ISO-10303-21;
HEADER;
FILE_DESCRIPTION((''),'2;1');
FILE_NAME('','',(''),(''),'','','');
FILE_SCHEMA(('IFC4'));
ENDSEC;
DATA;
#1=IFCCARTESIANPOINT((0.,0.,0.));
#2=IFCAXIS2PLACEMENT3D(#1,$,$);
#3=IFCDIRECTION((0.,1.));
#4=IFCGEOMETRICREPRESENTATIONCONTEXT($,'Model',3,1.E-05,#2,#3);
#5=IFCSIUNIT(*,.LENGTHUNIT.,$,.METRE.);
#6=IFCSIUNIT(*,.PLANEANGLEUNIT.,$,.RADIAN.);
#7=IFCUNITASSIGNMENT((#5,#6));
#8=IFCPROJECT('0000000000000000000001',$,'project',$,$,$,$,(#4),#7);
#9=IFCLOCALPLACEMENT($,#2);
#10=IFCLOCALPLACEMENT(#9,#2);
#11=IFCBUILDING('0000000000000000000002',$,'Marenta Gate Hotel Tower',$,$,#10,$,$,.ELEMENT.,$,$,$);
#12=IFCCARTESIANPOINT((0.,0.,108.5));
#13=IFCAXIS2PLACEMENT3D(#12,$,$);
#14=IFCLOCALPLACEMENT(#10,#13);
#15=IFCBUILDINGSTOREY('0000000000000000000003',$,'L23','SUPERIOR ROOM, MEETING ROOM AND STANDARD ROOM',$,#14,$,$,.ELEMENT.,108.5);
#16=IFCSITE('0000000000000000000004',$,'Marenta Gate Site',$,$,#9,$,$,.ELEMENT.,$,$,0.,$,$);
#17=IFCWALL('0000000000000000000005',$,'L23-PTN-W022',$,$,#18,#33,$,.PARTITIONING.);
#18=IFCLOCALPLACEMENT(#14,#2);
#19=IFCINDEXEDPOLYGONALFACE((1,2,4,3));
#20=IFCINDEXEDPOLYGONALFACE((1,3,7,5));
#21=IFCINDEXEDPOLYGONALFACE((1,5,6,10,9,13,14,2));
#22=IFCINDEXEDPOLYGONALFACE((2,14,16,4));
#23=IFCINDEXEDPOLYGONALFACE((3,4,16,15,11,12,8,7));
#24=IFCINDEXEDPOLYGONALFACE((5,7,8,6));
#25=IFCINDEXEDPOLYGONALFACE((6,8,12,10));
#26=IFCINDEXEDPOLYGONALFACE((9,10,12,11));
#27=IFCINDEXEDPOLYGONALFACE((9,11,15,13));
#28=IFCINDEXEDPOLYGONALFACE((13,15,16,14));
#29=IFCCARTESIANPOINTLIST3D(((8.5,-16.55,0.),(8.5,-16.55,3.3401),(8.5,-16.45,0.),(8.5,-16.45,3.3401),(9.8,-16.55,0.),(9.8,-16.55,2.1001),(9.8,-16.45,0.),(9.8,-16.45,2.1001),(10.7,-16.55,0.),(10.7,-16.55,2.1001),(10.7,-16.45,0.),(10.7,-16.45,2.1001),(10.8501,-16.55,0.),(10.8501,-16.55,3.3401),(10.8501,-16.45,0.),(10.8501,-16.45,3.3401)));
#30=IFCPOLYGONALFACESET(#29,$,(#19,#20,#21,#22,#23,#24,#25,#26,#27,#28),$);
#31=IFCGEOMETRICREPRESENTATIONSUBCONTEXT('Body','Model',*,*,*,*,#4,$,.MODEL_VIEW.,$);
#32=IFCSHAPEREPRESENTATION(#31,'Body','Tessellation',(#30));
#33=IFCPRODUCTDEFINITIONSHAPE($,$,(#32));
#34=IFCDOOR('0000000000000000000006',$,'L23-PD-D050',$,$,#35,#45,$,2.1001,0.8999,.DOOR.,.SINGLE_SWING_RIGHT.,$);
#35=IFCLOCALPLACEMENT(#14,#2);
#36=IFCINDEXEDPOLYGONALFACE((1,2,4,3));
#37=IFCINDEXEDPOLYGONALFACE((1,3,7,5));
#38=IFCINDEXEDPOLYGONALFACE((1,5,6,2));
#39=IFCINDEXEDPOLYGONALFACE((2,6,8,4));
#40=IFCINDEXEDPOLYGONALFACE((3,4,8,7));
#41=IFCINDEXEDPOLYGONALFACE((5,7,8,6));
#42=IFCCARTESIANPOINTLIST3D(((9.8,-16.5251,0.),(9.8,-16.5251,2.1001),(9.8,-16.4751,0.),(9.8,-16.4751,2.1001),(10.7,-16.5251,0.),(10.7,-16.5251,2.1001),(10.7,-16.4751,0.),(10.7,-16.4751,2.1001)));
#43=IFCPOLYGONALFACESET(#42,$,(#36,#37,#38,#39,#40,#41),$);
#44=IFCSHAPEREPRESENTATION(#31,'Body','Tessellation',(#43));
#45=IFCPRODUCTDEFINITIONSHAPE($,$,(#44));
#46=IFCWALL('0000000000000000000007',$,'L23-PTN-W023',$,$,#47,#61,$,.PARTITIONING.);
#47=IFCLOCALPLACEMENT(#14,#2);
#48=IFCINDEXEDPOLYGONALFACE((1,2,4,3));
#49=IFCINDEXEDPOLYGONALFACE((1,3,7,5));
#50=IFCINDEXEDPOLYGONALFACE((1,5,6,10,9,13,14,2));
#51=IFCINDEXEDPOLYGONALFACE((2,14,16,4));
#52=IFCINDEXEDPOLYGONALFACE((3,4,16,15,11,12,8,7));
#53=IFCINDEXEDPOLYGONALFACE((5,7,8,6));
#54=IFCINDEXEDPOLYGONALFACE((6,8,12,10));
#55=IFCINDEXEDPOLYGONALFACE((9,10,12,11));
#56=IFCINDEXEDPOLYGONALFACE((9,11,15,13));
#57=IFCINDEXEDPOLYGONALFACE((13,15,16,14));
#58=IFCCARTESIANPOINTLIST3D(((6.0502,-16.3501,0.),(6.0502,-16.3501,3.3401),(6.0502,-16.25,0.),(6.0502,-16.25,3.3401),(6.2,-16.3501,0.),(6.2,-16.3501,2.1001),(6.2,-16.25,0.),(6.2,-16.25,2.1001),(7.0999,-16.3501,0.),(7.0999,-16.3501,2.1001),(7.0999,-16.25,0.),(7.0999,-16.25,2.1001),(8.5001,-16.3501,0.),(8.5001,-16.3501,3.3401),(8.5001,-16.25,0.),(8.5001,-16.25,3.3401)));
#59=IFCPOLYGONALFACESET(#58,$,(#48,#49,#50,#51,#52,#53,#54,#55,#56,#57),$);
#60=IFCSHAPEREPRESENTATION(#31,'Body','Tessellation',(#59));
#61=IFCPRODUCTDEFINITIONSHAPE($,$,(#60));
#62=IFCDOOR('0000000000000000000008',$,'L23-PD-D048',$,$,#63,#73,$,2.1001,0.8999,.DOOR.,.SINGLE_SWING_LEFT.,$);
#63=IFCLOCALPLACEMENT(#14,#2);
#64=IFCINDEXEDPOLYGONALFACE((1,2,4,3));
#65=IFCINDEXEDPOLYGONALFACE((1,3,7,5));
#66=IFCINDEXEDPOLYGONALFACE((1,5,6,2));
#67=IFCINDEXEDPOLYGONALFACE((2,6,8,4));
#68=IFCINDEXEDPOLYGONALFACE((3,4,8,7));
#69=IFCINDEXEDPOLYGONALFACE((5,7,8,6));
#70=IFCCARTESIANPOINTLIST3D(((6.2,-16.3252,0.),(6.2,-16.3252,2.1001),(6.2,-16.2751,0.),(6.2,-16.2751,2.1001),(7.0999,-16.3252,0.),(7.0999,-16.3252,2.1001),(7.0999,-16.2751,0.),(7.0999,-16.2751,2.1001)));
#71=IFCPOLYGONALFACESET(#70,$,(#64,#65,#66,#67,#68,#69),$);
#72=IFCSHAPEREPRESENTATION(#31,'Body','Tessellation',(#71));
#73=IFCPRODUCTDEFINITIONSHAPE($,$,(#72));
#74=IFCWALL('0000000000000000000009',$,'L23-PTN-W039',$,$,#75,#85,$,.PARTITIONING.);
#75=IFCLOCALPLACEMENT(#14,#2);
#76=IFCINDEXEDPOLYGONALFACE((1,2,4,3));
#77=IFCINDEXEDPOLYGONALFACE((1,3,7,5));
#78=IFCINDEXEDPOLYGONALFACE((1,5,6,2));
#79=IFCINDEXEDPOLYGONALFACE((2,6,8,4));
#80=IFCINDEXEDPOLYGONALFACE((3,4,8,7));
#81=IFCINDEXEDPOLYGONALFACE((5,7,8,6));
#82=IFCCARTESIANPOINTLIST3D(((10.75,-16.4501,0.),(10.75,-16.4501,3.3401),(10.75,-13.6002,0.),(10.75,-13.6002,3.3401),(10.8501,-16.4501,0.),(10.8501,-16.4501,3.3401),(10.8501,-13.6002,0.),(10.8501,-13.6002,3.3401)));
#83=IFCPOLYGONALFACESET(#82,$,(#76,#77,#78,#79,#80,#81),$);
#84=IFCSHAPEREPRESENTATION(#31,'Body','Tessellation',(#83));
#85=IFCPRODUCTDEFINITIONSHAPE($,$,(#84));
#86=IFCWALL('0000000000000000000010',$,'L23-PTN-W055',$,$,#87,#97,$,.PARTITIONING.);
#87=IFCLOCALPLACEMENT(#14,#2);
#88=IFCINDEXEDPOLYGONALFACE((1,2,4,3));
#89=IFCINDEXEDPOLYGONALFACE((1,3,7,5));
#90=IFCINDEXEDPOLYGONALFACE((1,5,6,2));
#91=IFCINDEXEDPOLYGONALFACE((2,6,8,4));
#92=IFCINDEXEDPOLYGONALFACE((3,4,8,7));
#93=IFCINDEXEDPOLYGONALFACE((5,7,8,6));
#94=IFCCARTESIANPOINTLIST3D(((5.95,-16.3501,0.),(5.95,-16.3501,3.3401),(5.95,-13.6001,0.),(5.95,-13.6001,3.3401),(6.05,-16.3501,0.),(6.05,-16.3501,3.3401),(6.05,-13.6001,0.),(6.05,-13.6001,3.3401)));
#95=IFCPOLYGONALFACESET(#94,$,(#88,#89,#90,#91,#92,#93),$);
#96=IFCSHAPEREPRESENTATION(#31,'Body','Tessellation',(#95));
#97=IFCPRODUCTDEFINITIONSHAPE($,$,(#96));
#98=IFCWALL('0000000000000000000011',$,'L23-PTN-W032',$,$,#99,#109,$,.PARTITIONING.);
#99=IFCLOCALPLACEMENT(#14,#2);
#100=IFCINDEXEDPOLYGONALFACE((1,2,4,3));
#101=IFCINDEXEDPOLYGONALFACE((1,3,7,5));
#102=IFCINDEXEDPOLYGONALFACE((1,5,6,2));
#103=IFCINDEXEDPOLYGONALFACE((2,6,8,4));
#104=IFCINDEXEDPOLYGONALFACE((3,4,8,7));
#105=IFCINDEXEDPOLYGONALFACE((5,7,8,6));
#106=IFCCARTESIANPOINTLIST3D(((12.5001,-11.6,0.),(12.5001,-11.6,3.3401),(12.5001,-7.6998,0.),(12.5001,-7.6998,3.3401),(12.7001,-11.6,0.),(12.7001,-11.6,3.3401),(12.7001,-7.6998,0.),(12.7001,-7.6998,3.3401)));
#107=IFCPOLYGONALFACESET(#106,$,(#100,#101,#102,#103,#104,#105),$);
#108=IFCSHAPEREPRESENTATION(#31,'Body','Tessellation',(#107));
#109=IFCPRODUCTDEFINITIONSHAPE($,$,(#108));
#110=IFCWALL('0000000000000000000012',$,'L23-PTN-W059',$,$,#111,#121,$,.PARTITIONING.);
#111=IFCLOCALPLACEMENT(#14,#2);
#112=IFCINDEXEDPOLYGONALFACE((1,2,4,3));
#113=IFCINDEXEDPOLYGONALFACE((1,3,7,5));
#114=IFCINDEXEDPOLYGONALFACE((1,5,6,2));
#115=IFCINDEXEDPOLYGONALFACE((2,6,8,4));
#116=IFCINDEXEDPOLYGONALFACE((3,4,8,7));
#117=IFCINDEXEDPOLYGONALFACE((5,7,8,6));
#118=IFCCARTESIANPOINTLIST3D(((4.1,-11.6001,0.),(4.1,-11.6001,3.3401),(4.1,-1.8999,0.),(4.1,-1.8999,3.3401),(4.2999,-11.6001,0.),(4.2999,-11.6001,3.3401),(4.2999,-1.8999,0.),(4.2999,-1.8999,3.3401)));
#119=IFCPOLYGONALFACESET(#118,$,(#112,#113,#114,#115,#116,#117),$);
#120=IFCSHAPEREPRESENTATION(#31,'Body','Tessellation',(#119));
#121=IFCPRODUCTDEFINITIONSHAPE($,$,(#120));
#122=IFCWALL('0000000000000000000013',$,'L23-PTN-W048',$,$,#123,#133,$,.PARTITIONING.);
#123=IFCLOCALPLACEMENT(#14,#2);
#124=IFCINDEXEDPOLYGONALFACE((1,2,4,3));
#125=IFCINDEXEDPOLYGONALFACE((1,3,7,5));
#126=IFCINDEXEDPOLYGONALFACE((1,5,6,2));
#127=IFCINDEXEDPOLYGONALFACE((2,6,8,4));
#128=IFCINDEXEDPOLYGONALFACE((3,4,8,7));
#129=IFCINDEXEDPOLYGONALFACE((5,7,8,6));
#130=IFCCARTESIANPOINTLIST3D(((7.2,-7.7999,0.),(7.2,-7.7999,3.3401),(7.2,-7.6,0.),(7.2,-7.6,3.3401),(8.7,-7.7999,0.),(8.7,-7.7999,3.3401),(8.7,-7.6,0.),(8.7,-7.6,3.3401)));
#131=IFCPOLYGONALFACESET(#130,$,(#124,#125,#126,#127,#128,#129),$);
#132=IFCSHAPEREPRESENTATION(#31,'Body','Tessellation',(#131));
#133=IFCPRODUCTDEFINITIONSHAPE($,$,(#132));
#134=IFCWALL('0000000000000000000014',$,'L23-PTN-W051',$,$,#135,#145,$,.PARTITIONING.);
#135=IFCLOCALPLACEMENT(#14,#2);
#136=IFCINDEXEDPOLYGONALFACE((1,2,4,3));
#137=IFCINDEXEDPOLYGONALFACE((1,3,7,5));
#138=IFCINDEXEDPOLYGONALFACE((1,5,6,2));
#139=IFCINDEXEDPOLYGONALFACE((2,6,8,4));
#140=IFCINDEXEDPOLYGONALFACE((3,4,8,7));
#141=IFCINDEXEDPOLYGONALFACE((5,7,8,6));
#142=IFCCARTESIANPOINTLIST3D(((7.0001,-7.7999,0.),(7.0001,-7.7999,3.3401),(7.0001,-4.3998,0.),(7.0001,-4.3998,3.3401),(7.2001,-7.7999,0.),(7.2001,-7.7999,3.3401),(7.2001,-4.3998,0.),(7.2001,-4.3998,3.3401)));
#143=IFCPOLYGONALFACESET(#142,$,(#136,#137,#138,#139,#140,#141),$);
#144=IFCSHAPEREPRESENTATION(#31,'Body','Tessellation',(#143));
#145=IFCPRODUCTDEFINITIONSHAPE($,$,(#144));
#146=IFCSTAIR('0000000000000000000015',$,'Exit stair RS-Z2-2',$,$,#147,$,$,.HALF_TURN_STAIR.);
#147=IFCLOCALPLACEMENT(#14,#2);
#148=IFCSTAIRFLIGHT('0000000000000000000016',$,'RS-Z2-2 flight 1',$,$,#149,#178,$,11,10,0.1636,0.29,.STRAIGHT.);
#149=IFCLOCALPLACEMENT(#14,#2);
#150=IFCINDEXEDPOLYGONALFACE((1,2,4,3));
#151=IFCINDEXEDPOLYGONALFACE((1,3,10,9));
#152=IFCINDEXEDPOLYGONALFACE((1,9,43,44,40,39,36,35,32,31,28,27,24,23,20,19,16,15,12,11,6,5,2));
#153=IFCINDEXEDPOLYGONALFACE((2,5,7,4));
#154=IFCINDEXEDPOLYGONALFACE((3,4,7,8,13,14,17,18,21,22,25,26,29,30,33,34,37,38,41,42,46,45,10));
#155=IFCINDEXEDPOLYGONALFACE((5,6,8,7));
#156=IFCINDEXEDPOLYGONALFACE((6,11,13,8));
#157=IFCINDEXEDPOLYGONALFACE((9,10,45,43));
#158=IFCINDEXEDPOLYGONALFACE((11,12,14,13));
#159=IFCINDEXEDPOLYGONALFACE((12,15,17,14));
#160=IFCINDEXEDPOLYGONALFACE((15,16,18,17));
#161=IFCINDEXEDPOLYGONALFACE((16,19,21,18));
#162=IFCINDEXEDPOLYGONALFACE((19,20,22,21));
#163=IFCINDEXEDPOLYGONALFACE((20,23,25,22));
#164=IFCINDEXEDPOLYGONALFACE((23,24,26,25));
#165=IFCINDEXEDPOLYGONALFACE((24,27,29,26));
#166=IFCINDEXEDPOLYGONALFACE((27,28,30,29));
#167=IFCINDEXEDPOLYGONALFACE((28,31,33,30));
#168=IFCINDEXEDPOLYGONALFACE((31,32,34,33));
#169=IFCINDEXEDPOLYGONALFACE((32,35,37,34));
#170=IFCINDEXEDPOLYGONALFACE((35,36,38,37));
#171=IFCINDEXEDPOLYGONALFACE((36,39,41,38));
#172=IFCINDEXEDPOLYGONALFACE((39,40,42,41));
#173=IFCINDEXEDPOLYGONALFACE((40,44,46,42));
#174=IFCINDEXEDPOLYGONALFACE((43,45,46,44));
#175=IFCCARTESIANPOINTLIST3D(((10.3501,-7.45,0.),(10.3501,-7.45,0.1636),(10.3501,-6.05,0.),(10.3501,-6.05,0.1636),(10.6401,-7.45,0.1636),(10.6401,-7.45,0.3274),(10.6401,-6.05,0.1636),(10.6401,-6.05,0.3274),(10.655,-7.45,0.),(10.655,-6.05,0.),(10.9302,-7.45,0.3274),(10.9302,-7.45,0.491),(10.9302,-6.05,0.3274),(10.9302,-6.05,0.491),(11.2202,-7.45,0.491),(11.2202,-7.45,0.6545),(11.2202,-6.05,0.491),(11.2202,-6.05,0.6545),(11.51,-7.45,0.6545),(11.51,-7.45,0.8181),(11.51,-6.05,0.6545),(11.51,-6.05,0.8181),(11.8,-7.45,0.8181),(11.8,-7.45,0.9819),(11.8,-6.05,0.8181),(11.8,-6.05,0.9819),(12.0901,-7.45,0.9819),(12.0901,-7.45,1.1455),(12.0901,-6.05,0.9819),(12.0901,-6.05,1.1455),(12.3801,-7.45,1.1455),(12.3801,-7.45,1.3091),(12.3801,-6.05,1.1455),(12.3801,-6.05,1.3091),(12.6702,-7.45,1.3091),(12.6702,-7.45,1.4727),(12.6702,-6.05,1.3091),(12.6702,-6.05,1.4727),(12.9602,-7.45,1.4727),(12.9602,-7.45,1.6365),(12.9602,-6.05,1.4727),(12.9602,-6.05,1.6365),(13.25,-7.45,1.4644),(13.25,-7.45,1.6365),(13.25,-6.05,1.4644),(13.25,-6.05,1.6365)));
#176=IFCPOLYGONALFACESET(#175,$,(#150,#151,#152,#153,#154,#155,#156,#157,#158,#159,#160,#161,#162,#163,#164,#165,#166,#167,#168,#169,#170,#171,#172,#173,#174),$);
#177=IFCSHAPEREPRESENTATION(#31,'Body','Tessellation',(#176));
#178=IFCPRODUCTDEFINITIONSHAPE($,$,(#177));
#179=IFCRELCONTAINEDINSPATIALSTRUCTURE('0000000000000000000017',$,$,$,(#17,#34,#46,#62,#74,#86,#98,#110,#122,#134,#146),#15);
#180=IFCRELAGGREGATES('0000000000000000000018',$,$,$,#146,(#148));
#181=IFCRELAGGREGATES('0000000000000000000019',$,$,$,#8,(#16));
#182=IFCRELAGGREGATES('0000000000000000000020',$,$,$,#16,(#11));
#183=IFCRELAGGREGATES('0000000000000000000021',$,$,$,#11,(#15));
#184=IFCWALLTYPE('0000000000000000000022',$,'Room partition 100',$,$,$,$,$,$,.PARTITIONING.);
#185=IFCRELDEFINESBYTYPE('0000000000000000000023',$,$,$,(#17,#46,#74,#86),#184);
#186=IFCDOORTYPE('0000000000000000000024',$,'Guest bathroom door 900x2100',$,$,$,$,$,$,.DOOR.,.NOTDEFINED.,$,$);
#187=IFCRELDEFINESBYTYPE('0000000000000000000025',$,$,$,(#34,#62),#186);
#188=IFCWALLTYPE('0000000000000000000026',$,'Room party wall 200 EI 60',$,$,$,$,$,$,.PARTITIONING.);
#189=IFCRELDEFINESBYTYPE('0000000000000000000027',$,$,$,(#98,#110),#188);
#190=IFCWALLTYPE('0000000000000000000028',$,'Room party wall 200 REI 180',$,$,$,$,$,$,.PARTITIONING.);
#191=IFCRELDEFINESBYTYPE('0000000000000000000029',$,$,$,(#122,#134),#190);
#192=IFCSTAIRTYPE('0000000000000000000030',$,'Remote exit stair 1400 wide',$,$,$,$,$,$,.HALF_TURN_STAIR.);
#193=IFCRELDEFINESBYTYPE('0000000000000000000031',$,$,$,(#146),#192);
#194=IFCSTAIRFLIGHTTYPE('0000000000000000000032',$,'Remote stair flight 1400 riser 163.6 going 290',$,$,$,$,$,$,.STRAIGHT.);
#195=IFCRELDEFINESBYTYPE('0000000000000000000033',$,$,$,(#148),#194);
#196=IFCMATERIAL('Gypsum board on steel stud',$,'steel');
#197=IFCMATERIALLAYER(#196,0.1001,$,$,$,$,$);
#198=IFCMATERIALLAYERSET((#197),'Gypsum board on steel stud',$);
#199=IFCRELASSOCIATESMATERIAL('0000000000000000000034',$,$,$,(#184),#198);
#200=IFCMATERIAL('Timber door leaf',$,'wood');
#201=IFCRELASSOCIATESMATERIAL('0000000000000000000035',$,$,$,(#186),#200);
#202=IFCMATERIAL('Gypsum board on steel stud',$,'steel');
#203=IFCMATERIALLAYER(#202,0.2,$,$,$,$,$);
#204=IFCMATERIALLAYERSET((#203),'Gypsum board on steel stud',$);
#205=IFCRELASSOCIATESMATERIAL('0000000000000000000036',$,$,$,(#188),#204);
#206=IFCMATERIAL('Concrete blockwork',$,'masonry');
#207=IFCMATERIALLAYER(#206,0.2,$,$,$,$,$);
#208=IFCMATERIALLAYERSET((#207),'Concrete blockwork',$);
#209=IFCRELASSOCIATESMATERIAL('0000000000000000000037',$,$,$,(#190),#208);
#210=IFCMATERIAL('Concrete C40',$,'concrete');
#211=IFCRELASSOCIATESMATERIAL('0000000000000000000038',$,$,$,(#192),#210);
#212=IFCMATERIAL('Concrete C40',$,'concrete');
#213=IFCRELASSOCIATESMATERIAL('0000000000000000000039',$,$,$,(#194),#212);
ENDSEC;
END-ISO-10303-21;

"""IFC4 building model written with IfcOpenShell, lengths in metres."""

from ifc_helpers import new_model, si_unit, direction, frame, frame_2d, origin, place, context, subcontext, project, spatial, polyline, rectangle, outline, extrude, material, layer, layer_set, type_object, element, fill, aggregate, save


model = new_model("IFC4")

# Units and contexts
model_context = context("Model", 3, precision=1e-05, world=origin(), true_north=direction((0.0, 1.0)))
body_context = subcontext(model_context, "Body", "Model", "MODEL_VIEW")
ifc_project = project(units=[si_unit("LENGTHUNIT", "METRE"), si_unit("PLANEANGLEUNIT", "RADIAN")], contexts=[model_context])

# Site, building, storey
site_placement = place(None, origin())
site = spatial("IfcSite", under=ifc_project, at=site_placement, Name="Marenta Gate Site", CompositionType="ELEMENT", RefElevation=0.0)
building_placement = place(site_placement, origin())
building = spatial("IfcBuilding", under=site, at=building_placement, Name="Marenta Gate Hotel Tower", CompositionType="ELEMENT")
storey_placement = place(building_placement, frame((0.0, 0.0, 108.5)))
storey = spatial("IfcBuildingStorey", under=building, at=storey_placement, Name="L23", Description="SUPERIOR ROOM, MEETING ROOM AND STANDARD ROOM", CompositionType="ELEMENT", Elevation=108.5)

# Walls, openings, doors
ifc_material_1 = material(Name="Gypsum board on steel stud", Category="steel")
ifc_layer_1 = layer(ifc_material_1, 0.1001)
ifc_layer_set_1 = layer_set([ifc_layer_1], Name="Gypsum board on steel stud")
wall_type_1 = type_object("IfcWallType", Name="Room partition 100", PredefinedType="PARTITIONING", material=ifc_layer_set_1)
wall_1_placement = place(storey_placement, frame((8.5, -16.5, 0.0), z_axis=(0.0, 0.0, 1.0), x_axis=(1.0, 0.0, 0.0)))
wall_1 = element("IfcWall", 1, at=wall_1_placement, inside=storey, type_object=wall_type_1, Name="L23-PTN-W022", PredefinedType="PARTITIONING", context=body_context, shape_type="SweptSolid", body=[
    extrude(rectangle(XDim=2.3501, YDim=0.1001, at=frame_2d((1.175, 0.0))), origin(), (0.0, 0.0, 1.0), 3.3401),
])
opening_1_placement = place(wall_1_placement, frame((1.3, 0.0, 0.0)))
opening_1 = element("IfcOpeningElement", 2, at=opening_1_placement, cuts=wall_1, PredefinedType="OPENING", context=body_context, shape_type="SweptSolid", body=[
    extrude(rectangle(XDim=0.8999, YDim=2.1001, at=frame_2d((0.45, 1.05))), frame((0.0, 0.05, 0.0), z_axis=(0.0, -1.0, 0.0), x_axis=(1.0, 0.0, 0.0)), (0.0, 0.0, 1.0), 0.1001),
])
ifc_material_2 = material(Name="Timber door leaf", Category="wood")
door_type_1 = type_object("IfcDoorType", Name="Guest bathroom door 900x2100", OperationType="NOTDEFINED", PredefinedType="DOOR", material=ifc_material_2)
door_1_placement = place(opening_1_placement, origin())
door_1 = element("IfcDoor", 3, at=door_1_placement, inside=storey, type_object=door_type_1, Name="L23-PD-D050", OperationType="SINGLE_SWING_RIGHT", OverallHeight=2.1001, OverallWidth=0.8999, PredefinedType="DOOR", context=body_context, shape_type="SweptSolid", body=[
    extrude(rectangle(XDim=0.8999, YDim=2.1001, at=frame_2d((0.45, 1.05))), frame((0.0, 0.0249, 0.0), z_axis=(0.0, -1.0, 0.0), x_axis=(1.0, 0.0, 0.0)), (0.0, 0.0, 1.0), 0.05),
])
fill(opening_1, door_1)
wall_2_placement = place(storey_placement, frame((6.05, -16.3, 0.0), z_axis=(0.0, 0.0, 1.0), x_axis=(1.0, 0.0, 0.0)))
wall_2 = element("IfcWall", 4, at=wall_2_placement, inside=storey, type_object=wall_type_1, Name="L23-PTN-W023", PredefinedType="PARTITIONING", context=body_context, shape_type="SweptSolid", body=[
    extrude(rectangle(XDim=2.45, YDim=0.1001, at=frame_2d((1.2251, 0.0))), origin(), (0.0, 0.0, 1.0), 3.3401),
])
opening_2_placement = place(wall_2_placement, frame((0.1499, 0.0, 0.0)))
opening_2 = element("IfcOpeningElement", 5, at=opening_2_placement, cuts=wall_2, PredefinedType="OPENING", context=body_context, shape_type="SweptSolid", body=[
    extrude(rectangle(XDim=0.8999, YDim=2.1001, at=frame_2d((0.45, 1.05))), frame((0.0, 0.05, 0.0), z_axis=(0.0, -1.0, 0.0), x_axis=(1.0, 0.0, 0.0)), (0.0, 0.0, 1.0), 0.1001),
])
door_2_placement = place(opening_2_placement, origin())
door_2 = element("IfcDoor", 6, at=door_2_placement, inside=storey, type_object=door_type_1, Name="L23-PD-D048", OperationType="SINGLE_SWING_LEFT", OverallHeight=2.1001, OverallWidth=0.8999, PredefinedType="DOOR", context=body_context, shape_type="SweptSolid", body=[
    extrude(rectangle(XDim=0.8999, YDim=2.1001, at=frame_2d((0.45, 1.05))), frame((0.0, 0.0249, 0.0), z_axis=(0.0, -1.0, 0.0), x_axis=(1.0, 0.0, 0.0)), (0.0, 0.0, 1.0), 0.05),
])
fill(opening_2, door_2)

# Walls
wall_3_placement = place(storey_placement, frame((10.8, -16.45, 0.0), z_axis=(0.0, 0.0, 1.0), x_axis=(0.0, 1.0, 0.0)))
element("IfcWall", 7, at=wall_3_placement, inside=storey, type_object=wall_type_1, Name="L23-PTN-W039", PredefinedType="PARTITIONING", context=body_context, shape_type="SweptSolid", body=[
    extrude(rectangle(XDim=2.8499, YDim=0.1001, at=frame_2d((1.4248, 0.0))), origin(), (0.0, 0.0, 1.0), 3.3401),
])
wall_4_placement = place(storey_placement, frame((6.0, -16.3501, 0.0), z_axis=(0.0, 0.0, 1.0), x_axis=(0.0, 1.0, 0.0)))
element("IfcWall", 8, at=wall_4_placement, inside=storey, type_object=wall_type_1, Name="L23-PTN-W055", PredefinedType="PARTITIONING", context=body_context, shape_type="SweptSolid", body=[
    extrude(rectangle(XDim=2.75, YDim=0.1001, at=frame_2d((1.375, 0.0))), origin(), (0.0, 0.0, 1.0), 3.3401),
])
ifc_material_3 = material(Name="Gypsum board on steel stud", Category="steel")
ifc_layer_2 = layer(ifc_material_3, 0.2)
ifc_layer_set_2 = layer_set([ifc_layer_2], Name="Gypsum board on steel stud")
wall_type_2 = type_object("IfcWallType", Name="Room party wall 200 EI 60", PredefinedType="PARTITIONING", material=ifc_layer_set_2)
wall_5_placement = place(storey_placement, frame((12.6001, -11.6001, 0.0), z_axis=(0.0, 0.0, 1.0), x_axis=(0.0, 1.0, 0.0)))
element("IfcWall", 9, at=wall_5_placement, inside=storey, type_object=wall_type_2, Name="L23-PTN-W032", PredefinedType="PARTITIONING", context=body_context, shape_type="SweptSolid", body=[
    extrude(rectangle(XDim=3.9001, YDim=0.2, at=frame_2d((1.9502, 0.0))), origin(), (0.0, 0.0, 1.0), 3.3401),
])
wall_6_placement = place(storey_placement, frame((4.2, -11.6001, 0.0), z_axis=(0.0, 0.0, 1.0), x_axis=(0.0, 1.0, 0.0)))
element("IfcWall", 10, at=wall_6_placement, inside=storey, type_object=wall_type_2, Name="L23-PTN-W059", PredefinedType="PARTITIONING", context=body_context, shape_type="SweptSolid", body=[
    extrude(rectangle(XDim=9.7002, YDim=0.2, at=frame_2d((4.8501, 0.0))), origin(), (0.0, 0.0, 1.0), 3.3401),
])
ifc_material_4 = material(Name="Concrete blockwork", Category="masonry")
ifc_layer_3 = layer(ifc_material_4, 0.2)
ifc_layer_set_3 = layer_set([ifc_layer_3], Name="Concrete blockwork")
wall_type_3 = type_object("IfcWallType", Name="Room party wall 200 REI 180", PredefinedType="PARTITIONING", material=ifc_layer_set_3)
wall_7_placement = place(storey_placement, frame((7.2, -7.7, 0.0), z_axis=(0.0, 0.0, 1.0), x_axis=(1.0, 0.0, 0.0)))
element("IfcWall", 11, at=wall_7_placement, inside=storey, type_object=wall_type_3, Name="L23-PTN-W048", PredefinedType="PARTITIONING", context=body_context, shape_type="SweptSolid", body=[
    extrude(rectangle(XDim=1.5, YDim=0.2, at=frame_2d((0.75, 0.0))), origin(), (0.0, 0.0, 1.0), 3.3401),
])
wall_8_placement = place(storey_placement, frame((7.1001, -7.8, 0.0), z_axis=(0.0, 0.0, 1.0), x_axis=(0.0, 1.0, 0.0)))
element("IfcWall", 12, at=wall_8_placement, inside=storey, type_object=wall_type_3, Name="L23-PTN-W051", PredefinedType="PARTITIONING", context=body_context, shape_type="SweptSolid", body=[
    extrude(rectangle(XDim=3.4001, YDim=0.2, at=frame_2d((1.7002, 0.0))), origin(), (0.0, 0.0, 1.0), 3.3401),
])

# Stair, stair flight
ifc_material_5 = material(Name="Concrete C40", Category="concrete")
stair_type = type_object("IfcStairType", Name="Remote exit stair 1400 wide", PredefinedType="HALF_TURN_STAIR", material=ifc_material_5)
stair_placement = place(storey_placement, origin())
stair = element("IfcStair", 13, at=stair_placement, inside=storey, type_object=stair_type, Name="Exit stair RS-Z2-2", PredefinedType="HALF_TURN_STAIR")
ifc_material_6 = material(Name="Concrete C40", Category="concrete")
stair_flight_type = type_object("IfcStairFlightType", Name="Remote stair flight 1400 riser 163.6 going 290", PredefinedType="STRAIGHT", material=ifc_material_6)
stair_flight_placement = place(storey_placement, frame((10.3501, -6.75, 0.0), z_axis=(0.0, 0.0, 1.0), x_axis=(1.0, 0.0, 0.0)))
stair_flight = element("IfcStairFlight", 14, at=stair_flight_placement, type_object=stair_flight_type, Name="RS-Z2-2 flight 1", NumberOfRisers=11, NumberOfTreads=10, PredefinedType="STRAIGHT", RiserHeight=0.1636, TreadLength=0.29, context=body_context, shape_type="SweptSolid", body=[
    extrude(outline(polyline([(0.0, 0.0), (0.0, 0.1636), (0.29, 0.1636), (0.29, 0.3274), (0.5801, 0.3274), (0.5801, 0.491), (0.8701, 0.491), (0.8701, 0.6545), (1.1599, 0.6545), (1.1599, 0.8181), (1.45, 0.8181), (1.45, 0.9819), (1.74, 0.9819), (1.74, 1.1455), (2.03, 1.1455), (2.03, 1.3091), (2.3201, 1.3091), (2.3201, 1.4727), (2.6101, 1.4727), (2.6101, 1.6365), (2.8999, 1.6365), (2.8999, 1.8), (2.8999, 1.4644), (0.3049, 0.0), (0.0, 0.0)])), frame((0.0, 0.7, 0.0), z_axis=(0.0, -1.0, 0.0), x_axis=(1.0, 0.0, 0.0)), (0.0, 0.0, 1.0), 1.3999),
])
aggregate(stair, [stair_flight])

save(model, "model.ifc")
